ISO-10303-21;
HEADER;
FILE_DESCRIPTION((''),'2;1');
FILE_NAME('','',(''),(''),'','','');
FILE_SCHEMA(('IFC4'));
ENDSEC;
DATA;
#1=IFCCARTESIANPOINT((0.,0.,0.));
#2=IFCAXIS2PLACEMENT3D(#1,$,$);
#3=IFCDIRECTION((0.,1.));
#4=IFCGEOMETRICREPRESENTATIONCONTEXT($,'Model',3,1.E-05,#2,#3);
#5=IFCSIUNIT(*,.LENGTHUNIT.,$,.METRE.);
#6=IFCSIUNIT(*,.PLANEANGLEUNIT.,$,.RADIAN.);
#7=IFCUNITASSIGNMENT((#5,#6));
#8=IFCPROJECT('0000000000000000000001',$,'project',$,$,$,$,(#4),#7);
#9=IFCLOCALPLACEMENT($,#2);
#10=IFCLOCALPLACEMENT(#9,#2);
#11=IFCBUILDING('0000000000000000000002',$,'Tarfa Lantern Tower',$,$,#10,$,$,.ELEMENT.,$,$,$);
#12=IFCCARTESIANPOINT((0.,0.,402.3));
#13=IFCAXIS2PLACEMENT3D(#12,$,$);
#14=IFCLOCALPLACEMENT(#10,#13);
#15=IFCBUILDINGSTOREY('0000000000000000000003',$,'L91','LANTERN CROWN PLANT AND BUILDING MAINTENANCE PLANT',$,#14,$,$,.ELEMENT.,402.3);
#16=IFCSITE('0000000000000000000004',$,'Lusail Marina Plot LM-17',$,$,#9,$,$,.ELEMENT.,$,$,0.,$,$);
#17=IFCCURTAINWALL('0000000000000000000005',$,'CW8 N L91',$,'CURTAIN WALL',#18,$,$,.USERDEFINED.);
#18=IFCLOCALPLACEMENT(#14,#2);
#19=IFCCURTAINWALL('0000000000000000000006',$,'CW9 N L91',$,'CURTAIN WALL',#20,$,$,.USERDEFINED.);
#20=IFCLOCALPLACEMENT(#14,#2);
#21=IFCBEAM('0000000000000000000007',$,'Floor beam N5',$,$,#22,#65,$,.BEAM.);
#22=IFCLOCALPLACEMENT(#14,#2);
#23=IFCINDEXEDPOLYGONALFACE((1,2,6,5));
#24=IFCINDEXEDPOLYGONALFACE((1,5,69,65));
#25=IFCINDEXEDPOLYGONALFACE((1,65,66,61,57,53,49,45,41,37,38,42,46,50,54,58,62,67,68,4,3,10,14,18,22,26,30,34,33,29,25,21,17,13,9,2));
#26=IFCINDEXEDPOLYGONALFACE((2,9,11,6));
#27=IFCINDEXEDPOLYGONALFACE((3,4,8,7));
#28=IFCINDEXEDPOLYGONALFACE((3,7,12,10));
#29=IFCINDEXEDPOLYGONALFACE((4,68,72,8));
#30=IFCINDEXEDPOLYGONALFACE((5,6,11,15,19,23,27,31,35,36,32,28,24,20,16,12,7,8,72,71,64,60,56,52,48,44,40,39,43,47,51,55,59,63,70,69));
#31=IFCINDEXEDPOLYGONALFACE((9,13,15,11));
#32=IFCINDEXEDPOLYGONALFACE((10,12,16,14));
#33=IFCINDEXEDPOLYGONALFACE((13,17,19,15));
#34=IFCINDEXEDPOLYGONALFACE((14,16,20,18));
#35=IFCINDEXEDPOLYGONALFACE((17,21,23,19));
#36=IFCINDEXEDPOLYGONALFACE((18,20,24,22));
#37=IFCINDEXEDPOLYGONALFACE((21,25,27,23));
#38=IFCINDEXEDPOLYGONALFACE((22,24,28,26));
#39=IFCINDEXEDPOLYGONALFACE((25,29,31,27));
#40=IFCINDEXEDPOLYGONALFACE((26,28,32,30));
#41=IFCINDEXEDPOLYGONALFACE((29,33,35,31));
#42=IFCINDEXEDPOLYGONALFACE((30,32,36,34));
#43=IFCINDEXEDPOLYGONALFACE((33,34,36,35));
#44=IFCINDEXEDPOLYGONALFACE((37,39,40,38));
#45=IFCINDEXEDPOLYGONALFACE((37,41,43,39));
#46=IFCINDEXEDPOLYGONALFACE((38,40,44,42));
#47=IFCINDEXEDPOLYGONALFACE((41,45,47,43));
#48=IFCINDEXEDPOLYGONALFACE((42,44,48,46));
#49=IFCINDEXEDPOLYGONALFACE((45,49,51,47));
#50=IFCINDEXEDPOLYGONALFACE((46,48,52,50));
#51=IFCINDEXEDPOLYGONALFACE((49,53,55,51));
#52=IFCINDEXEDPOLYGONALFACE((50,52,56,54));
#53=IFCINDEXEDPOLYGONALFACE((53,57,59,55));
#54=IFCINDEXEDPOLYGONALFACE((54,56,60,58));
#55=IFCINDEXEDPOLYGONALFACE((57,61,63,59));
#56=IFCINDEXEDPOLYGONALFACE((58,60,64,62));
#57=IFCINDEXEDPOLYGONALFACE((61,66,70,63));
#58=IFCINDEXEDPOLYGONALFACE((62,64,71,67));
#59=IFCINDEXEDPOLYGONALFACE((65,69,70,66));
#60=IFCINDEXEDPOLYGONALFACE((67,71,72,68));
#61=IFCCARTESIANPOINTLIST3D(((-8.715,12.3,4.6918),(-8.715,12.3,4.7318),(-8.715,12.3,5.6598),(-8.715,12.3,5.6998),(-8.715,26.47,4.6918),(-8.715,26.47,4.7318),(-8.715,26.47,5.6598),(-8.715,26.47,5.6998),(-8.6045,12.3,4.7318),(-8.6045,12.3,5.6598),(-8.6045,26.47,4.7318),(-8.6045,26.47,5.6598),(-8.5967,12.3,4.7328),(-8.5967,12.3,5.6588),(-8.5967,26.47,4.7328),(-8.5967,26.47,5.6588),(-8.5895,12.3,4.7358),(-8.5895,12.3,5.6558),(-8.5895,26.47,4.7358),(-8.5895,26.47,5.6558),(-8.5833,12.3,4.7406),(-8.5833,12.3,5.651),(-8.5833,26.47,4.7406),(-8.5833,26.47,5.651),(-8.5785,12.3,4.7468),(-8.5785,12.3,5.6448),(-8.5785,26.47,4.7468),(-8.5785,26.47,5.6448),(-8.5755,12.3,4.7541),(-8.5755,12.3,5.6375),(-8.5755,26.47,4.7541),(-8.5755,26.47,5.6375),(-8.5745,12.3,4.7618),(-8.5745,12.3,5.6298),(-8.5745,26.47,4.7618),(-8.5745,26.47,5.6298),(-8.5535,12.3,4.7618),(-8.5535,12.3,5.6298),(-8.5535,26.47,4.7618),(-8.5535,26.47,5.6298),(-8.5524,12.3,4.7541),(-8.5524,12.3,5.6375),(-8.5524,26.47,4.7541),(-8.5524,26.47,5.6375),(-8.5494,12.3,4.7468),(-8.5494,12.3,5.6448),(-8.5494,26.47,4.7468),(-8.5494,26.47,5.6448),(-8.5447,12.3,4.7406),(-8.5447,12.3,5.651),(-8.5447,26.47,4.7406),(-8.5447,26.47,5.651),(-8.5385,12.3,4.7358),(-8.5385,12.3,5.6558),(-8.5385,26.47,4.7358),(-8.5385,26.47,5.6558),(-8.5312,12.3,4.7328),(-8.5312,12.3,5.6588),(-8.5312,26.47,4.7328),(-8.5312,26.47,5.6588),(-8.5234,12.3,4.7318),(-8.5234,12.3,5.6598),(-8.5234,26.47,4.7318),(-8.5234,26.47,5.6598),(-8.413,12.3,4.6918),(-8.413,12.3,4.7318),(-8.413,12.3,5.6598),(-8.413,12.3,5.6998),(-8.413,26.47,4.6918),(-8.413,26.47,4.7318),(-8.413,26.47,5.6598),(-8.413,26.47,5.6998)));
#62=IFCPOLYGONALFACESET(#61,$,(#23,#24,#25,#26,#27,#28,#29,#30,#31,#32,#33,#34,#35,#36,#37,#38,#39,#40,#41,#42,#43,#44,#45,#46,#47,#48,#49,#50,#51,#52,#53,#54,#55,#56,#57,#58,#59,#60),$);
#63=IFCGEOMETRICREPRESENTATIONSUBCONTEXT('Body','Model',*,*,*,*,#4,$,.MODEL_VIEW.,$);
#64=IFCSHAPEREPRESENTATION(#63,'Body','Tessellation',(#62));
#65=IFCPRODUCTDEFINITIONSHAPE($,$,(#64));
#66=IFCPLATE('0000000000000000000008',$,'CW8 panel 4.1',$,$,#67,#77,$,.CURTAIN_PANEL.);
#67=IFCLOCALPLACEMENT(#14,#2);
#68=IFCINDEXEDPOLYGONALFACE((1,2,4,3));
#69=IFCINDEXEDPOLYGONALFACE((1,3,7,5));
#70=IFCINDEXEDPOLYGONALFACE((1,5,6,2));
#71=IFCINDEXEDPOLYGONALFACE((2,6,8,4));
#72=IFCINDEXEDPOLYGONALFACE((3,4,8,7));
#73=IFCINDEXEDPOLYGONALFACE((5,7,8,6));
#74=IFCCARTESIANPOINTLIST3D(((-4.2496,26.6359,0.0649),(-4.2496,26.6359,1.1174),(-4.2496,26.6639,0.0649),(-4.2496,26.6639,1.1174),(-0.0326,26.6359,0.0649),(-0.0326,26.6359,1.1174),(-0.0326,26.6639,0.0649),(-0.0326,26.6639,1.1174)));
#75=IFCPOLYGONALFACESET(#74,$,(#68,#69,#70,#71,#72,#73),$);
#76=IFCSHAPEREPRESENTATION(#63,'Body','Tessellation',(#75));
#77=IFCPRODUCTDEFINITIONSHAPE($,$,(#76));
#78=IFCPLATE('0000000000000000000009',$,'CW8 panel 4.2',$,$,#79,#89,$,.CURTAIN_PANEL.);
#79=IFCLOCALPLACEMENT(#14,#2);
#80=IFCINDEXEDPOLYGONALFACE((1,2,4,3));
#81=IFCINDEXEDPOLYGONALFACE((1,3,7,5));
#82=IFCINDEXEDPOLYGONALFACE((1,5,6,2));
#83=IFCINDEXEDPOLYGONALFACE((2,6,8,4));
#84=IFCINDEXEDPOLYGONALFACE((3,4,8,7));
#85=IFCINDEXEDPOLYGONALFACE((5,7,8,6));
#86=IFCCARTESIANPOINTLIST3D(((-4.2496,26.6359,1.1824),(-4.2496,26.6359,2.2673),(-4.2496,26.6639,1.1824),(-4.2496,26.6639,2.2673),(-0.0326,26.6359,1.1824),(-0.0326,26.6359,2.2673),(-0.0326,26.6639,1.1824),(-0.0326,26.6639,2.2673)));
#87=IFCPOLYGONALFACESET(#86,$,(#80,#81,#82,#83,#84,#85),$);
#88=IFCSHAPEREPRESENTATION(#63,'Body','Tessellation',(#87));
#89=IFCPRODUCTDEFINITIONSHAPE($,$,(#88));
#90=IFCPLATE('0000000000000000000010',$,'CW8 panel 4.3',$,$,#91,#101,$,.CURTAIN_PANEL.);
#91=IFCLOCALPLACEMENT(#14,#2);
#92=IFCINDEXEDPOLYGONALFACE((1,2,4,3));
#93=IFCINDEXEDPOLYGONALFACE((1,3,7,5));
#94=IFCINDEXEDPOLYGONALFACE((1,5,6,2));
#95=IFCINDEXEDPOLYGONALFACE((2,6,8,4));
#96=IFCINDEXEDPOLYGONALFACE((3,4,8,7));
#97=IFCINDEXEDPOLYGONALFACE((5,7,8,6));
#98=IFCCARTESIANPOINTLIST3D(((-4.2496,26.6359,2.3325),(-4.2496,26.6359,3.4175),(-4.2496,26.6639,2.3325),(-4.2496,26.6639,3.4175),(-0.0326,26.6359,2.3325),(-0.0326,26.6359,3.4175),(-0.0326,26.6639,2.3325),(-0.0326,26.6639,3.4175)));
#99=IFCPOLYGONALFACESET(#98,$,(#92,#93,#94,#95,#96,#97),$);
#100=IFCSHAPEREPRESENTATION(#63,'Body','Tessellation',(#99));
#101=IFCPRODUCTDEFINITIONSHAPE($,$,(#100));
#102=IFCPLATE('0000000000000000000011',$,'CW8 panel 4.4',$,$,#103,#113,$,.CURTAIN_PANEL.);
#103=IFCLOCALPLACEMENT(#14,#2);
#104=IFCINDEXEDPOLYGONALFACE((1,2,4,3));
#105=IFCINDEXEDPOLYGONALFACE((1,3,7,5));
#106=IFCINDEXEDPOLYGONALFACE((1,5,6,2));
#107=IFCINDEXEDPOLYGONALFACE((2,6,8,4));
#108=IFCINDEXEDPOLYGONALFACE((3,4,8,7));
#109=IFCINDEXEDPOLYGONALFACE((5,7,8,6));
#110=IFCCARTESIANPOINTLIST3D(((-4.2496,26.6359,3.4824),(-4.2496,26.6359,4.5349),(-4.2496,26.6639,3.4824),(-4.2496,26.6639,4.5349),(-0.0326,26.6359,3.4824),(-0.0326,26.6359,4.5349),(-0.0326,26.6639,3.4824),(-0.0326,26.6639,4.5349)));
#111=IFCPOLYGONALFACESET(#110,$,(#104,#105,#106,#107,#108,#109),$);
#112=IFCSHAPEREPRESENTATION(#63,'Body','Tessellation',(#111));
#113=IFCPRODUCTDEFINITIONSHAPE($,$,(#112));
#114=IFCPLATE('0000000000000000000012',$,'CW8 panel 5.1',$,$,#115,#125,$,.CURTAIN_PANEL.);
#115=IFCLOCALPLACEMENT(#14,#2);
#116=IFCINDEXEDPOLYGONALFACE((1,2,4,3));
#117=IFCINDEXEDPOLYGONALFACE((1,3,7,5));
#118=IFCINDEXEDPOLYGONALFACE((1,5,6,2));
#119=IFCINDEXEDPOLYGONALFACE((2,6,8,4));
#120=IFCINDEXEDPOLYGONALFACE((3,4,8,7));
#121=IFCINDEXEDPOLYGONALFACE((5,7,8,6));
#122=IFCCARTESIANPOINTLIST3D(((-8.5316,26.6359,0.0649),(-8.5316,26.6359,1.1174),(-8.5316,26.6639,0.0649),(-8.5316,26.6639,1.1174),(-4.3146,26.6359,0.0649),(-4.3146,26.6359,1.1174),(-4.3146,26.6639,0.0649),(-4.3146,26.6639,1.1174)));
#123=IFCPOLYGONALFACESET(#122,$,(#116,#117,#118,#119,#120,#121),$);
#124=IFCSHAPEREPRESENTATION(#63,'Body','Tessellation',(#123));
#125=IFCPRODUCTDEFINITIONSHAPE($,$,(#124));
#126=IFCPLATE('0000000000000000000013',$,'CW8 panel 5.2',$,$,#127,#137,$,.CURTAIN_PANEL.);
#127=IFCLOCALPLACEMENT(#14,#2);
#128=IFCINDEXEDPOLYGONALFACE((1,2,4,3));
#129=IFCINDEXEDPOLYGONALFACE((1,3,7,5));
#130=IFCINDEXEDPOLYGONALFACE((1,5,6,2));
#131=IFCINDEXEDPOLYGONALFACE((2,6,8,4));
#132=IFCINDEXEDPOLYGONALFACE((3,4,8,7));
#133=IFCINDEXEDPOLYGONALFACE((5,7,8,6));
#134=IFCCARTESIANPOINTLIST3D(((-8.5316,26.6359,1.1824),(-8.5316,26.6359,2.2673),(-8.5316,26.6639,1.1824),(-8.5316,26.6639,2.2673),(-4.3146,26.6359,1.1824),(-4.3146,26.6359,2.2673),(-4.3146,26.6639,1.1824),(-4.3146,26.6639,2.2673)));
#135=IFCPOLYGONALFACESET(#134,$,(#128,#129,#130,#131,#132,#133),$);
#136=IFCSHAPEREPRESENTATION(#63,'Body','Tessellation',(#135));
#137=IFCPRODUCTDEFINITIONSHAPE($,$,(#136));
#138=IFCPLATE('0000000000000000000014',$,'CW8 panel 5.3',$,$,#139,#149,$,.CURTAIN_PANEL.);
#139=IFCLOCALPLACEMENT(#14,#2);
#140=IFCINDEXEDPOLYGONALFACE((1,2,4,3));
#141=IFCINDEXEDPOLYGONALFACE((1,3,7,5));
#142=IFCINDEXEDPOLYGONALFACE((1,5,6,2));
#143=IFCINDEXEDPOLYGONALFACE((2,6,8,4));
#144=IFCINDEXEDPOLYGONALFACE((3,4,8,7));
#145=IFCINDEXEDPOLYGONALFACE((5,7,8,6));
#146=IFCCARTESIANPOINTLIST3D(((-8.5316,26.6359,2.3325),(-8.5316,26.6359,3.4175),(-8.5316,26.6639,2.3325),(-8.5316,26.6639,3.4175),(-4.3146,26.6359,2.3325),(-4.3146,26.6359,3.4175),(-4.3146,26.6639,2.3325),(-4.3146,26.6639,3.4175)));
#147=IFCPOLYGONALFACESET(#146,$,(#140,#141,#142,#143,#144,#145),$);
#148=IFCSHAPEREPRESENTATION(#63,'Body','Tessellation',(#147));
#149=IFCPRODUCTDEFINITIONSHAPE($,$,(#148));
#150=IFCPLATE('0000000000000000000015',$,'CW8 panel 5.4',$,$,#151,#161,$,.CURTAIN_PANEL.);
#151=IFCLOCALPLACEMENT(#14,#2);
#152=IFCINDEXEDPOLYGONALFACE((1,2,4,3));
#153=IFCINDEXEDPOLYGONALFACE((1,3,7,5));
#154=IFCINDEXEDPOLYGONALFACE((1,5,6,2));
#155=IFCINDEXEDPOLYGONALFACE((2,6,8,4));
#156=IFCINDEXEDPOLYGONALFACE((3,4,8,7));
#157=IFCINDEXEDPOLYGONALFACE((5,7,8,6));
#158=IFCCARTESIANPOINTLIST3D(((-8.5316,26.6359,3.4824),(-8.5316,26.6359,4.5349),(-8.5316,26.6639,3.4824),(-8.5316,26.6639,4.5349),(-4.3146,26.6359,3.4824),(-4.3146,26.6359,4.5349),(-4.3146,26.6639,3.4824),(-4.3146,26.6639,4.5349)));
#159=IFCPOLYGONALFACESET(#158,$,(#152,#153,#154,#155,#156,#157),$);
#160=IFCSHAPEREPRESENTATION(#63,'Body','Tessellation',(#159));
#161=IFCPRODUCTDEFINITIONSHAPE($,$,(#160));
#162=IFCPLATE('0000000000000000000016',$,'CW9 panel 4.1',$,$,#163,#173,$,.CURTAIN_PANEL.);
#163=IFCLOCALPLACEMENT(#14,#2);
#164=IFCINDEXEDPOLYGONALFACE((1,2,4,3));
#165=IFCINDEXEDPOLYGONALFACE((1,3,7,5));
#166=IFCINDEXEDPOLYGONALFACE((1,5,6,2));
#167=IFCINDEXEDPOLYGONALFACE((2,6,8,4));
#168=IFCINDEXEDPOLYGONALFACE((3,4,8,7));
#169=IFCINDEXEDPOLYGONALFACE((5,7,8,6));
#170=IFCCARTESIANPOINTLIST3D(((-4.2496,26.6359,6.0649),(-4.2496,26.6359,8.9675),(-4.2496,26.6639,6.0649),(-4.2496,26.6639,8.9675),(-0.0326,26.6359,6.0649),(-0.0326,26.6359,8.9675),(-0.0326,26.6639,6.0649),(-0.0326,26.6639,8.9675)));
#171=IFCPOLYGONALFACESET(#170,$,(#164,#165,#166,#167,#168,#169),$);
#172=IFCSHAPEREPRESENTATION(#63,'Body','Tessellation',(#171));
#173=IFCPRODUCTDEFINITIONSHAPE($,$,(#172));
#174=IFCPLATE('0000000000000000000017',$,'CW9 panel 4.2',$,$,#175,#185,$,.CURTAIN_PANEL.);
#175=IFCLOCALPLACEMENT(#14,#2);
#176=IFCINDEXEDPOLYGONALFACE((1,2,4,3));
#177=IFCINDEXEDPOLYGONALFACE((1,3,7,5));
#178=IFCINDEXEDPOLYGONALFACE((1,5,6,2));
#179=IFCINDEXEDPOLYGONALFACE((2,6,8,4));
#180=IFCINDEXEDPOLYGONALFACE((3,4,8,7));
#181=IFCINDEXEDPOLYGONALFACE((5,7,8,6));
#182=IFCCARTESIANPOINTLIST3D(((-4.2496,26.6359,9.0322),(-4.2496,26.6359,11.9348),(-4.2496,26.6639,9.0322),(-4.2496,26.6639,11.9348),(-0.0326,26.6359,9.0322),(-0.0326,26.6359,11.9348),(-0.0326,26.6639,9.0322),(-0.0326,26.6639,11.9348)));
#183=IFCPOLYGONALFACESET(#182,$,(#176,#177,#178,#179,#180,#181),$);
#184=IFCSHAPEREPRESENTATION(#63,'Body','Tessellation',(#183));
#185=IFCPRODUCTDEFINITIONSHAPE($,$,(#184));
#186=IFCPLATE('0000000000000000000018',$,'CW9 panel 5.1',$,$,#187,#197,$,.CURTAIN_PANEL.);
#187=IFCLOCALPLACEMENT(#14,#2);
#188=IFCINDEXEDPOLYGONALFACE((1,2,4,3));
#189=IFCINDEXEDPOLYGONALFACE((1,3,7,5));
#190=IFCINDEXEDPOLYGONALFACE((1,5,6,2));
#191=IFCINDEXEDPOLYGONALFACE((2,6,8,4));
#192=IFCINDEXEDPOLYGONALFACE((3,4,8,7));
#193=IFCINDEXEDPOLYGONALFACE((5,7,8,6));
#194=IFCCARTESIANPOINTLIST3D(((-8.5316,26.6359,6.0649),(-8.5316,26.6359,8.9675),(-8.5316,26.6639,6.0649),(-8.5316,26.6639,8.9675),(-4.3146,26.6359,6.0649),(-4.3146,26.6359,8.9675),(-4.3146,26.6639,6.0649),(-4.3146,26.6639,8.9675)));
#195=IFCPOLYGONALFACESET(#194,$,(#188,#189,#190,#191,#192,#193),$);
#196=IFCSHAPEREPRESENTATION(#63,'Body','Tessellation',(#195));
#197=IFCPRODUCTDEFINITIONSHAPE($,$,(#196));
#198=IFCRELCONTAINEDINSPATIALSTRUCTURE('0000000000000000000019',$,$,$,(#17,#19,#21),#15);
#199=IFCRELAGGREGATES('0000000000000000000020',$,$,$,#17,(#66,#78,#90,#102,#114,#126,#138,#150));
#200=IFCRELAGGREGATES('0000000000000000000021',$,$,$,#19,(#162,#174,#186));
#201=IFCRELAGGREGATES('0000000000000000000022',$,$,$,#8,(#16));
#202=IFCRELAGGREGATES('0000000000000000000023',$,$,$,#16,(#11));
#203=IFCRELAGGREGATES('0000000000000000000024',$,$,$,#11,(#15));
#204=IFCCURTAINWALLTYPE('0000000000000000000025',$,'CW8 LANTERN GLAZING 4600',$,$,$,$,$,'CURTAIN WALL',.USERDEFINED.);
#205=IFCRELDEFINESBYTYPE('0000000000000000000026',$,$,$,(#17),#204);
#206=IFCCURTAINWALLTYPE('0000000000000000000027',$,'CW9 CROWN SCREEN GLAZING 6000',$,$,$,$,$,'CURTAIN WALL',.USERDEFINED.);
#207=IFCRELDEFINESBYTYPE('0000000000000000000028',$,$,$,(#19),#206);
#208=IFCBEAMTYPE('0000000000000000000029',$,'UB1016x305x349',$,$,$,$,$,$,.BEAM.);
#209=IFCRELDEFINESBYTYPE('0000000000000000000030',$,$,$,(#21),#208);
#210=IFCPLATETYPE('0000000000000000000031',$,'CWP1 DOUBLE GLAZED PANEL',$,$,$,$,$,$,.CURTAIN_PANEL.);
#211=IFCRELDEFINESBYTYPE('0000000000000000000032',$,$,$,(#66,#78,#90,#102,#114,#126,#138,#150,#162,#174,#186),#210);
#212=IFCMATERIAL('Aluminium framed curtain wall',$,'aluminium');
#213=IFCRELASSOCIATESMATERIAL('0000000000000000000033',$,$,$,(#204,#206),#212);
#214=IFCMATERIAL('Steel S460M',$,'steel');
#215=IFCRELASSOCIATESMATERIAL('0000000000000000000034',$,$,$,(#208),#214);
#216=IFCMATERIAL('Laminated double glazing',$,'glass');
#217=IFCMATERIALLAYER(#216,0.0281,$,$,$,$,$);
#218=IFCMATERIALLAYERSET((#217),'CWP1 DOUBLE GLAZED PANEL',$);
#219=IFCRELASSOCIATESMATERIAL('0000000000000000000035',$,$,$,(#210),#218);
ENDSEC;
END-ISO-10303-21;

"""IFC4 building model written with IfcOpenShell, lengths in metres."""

from ifc_helpers import new_model, si_unit, direction, frame, origin, origin_2d, place, context, subcontext, project, spatial, rectangle, i_section, extrude, material, layer, layer_set, material_profile, profile_set, type_object, element, aggregate, save


model = new_model("IFC4")

# Units and contexts
model_context = context("Model", 3, precision=1e-05, world=origin(), true_north=direction((0.0, 1.0)))
body_context = subcontext(model_context, "Body", "Model", "MODEL_VIEW")
ifc_project = project(units=[si_unit("LENGTHUNIT", "METRE"), si_unit("PLANEANGLEUNIT", "RADIAN")], contexts=[model_context])

# Site, building, storey
site_placement = place(None, origin())
site = spatial("IfcSite", under=ifc_project, at=site_placement, Name="Lusail Marina Plot LM-17", CompositionType="ELEMENT", RefElevation=0.0)
building_placement = place(site_placement, origin())
building = spatial("IfcBuilding", under=site, at=building_placement, Name="Tarfa Lantern Tower", CompositionType="ELEMENT")
storey_placement = place(building_placement, frame((0.0, 0.0, 402.3)))
storey = spatial("IfcBuildingStorey", under=building, at=storey_placement, Name="L91", Description="LANTERN CROWN PLANT AND BUILDING MAINTENANCE PLANT", CompositionType="ELEMENT", Elevation=402.3)

# Curtain walls
ifc_material_1 = material(Name="Aluminium framed curtain wall", Category="aluminium")
curtain_wall_type_1 = type_object("IfcCurtainWallType", Name="CW8 LANTERN GLAZING 4600", ElementType="CURTAIN WALL", PredefinedType="USERDEFINED", material=ifc_material_1)
curtain_wall_1_placement = place(storey_placement, origin())
curtain_wall_1 = element("IfcCurtainWall", 1, at=curtain_wall_1_placement, inside=storey, type_object=curtain_wall_type_1, Name="CW8 N L91", ObjectType="CURTAIN WALL", PredefinedType="USERDEFINED")
curtain_wall_type_2 = type_object("IfcCurtainWallType", Name="CW9 CROWN SCREEN GLAZING 6000", ElementType="CURTAIN WALL", PredefinedType="USERDEFINED", material=ifc_material_1)
curtain_wall_2_placement = place(storey_placement, origin())
curtain_wall_2 = element("IfcCurtainWall", 2, at=curtain_wall_2_placement, inside=storey, type_object=curtain_wall_type_2, Name="CW9 N L91", ObjectType="CURTAIN WALL", PredefinedType="USERDEFINED")

# Beam
ifc_material_2 = material(Name="Steel S460M", Category="steel")
ifc_material_profile_1 = material_profile(ifc_material_2, i_section(OverallWidth=0.302, OverallDepth=1.0081, WebThickness=0.021, FlangeThickness=0.04, FilletRadius=0.03, at=origin_2d()), Name="UB1016x305x349")
ifc_profile_set_1 = profile_set([ifc_material_profile_1], Name="Steel S460M")
beam_type_1 = type_object("IfcBeamType", Name="UB1016x305x349", PredefinedType="BEAM", material=ifc_profile_set_1)
for number, where, z_axis, x_axis, name in (
    (3, (-8.564, 26.47, 5.1958), (0.0, -1.0, 0.0), (1.0, 0.0, 0.0), "Floor beam N5"),
):
    element("IfcBeam", number, at=place(storey_placement, frame(where, z_axis=z_axis, x_axis=x_axis)), inside=storey, type_object=beam_type_1, Name=name, PredefinedType="BEAM", context=body_context, shape_type="SweptSolid", body=[
        extrude(i_section(OverallWidth=0.302, OverallDepth=1.0081, WebThickness=0.021, FlangeThickness=0.04, FilletRadius=0.03, at=origin_2d()), origin(), (0.0, 0.0, 1.0), 14.1699),
    ])

# Plates
ifc_material_3 = material(Name="Laminated double glazing", Category="glass")
ifc_layer = layer(ifc_material_3, 0.0281)
ifc_layer_set = layer_set([ifc_layer], Name="CWP1 DOUBLE GLAZED PANEL")
plate_type = type_object("IfcPlateType", Name="CWP1 DOUBLE GLAZED PANEL", PredefinedType="CURTAIN_PANEL", material=ifc_layer_set)
plate_1_placement = place(storey_placement, frame((-2.1411, 26.6499, 0.0649), z_axis=(0.0, 0.0, 1.0), x_axis=(-1.0, 0.0, 0.0)))
plate_1 = element("IfcPlate", 4, at=plate_1_placement, type_object=plate_type, Name="CW8 panel 4.1", PredefinedType="CURTAIN_PANEL", context=body_context, shape_type="SweptSolid", body=[
    extrude(rectangle(XDim=4.217, YDim=0.0281, at=origin_2d()), origin(), (0.0, 0.0, 1.0), 1.0525),
])
plate_2_placement = place(storey_placement, frame((-2.1411, 26.6499, 1.1824), z_axis=(0.0, 0.0, 1.0), x_axis=(-1.0, 0.0, 0.0)))
plate_2 = element("IfcPlate", 5, at=plate_2_placement, type_object=plate_type, Name="CW8 panel 4.2", PredefinedType="CURTAIN_PANEL", context=body_context, shape_type="SweptSolid", body=[
    extrude(rectangle(XDim=4.217, YDim=0.0281, at=origin_2d()), origin(), (0.0, 0.0, 1.0), 1.085),
])
plate_3_placement = place(storey_placement, frame((-2.1411, 26.6499, 2.3325), z_axis=(0.0, 0.0, 1.0), x_axis=(-1.0, 0.0, 0.0)))
plate_3 = element("IfcPlate", 6, at=plate_3_placement, type_object=plate_type, Name="CW8 panel 4.3", PredefinedType="CURTAIN_PANEL", context=body_context, shape_type="SweptSolid", body=[
    extrude(rectangle(XDim=4.217, YDim=0.0281, at=origin_2d()), origin(), (0.0, 0.0, 1.0), 1.085),
])
plate_4_placement = place(storey_placement, frame((-2.1411, 26.6499, 3.4824), z_axis=(0.0, 0.0, 1.0), x_axis=(-1.0, 0.0, 0.0)))
plate_4 = element("IfcPlate", 7, at=plate_4_placement, type_object=plate_type, Name="CW8 panel 4.4", PredefinedType="CURTAIN_PANEL", context=body_context, shape_type="SweptSolid", body=[
    extrude(rectangle(XDim=4.217, YDim=0.0281, at=origin_2d()), origin(), (0.0, 0.0, 1.0), 1.0525),
])
plate_5_placement = place(storey_placement, frame((-6.4231, 26.6499, 0.0649), z_axis=(0.0, 0.0, 1.0), x_axis=(-1.0, 0.0, 0.0)))
plate_5 = element("IfcPlate", 8, at=plate_5_placement, type_object=plate_type, Name="CW8 panel 5.1", PredefinedType="CURTAIN_PANEL", context=body_context, shape_type="SweptSolid", body=[
    extrude(rectangle(XDim=4.217, YDim=0.0281, at=origin_2d()), origin(), (0.0, 0.0, 1.0), 1.0525),
])
plate_6_placement = place(storey_placement, frame((-6.4231, 26.6499, 1.1824), z_axis=(0.0, 0.0, 1.0), x_axis=(-1.0, 0.0, 0.0)))
plate_6 = element("IfcPlate", 9, at=plate_6_placement, type_object=plate_type, Name="CW8 panel 5.2", PredefinedType="CURTAIN_PANEL", context=body_context, shape_type="SweptSolid", body=[
    extrude(rectangle(XDim=4.217, YDim=0.0281, at=origin_2d()), origin(), (0.0, 0.0, 1.0), 1.085),
])
plate_7_placement = place(storey_placement, frame((-6.4231, 26.6499, 2.3325), z_axis=(0.0, 0.0, 1.0), x_axis=(-1.0, 0.0, 0.0)))
plate_7 = element("IfcPlate", 10, at=plate_7_placement, type_object=plate_type, Name="CW8 panel 5.3", PredefinedType="CURTAIN_PANEL", context=body_context, shape_type="SweptSolid", body=[
    extrude(rectangle(XDim=4.217, YDim=0.0281, at=origin_2d()), origin(), (0.0, 0.0, 1.0), 1.085),
])
plate_8_placement = place(storey_placement, frame((-6.4231, 26.6499, 3.4824), z_axis=(0.0, 0.0, 1.0), x_axis=(-1.0, 0.0, 0.0)))
plate_8 = element("IfcPlate", 11, at=plate_8_placement, type_object=plate_type, Name="CW8 panel 5.4", PredefinedType="CURTAIN_PANEL", context=body_context, shape_type="SweptSolid", body=[
    extrude(rectangle(XDim=4.217, YDim=0.0281, at=origin_2d()), origin(), (0.0, 0.0, 1.0), 1.0525),
])
aggregate(curtain_wall_1, [plate_1, plate_2, plate_3, plate_4, plate_5, plate_6, plate_7, plate_8])
plate_9_placement = place(storey_placement, frame((-2.1411, 26.6499, 6.0649), z_axis=(0.0, 0.0, 1.0), x_axis=(-1.0, 0.0, 0.0)))
plate_9 = element("IfcPlate", 12, at=plate_9_placement, type_object=plate_type, Name="CW9 panel 4.1", PredefinedType="CURTAIN_PANEL", context=body_context, shape_type="SweptSolid", body=[
    extrude(rectangle(XDim=4.217, YDim=0.0281, at=origin_2d()), origin(), (0.0, 0.0, 1.0), 2.9026),
])
plate_10_placement = place(storey_placement, frame((-2.1411, 26.6499, 9.0322), z_axis=(0.0, 0.0, 1.0), x_axis=(-1.0, 0.0, 0.0)))
plate_10 = element("IfcPlate", 13, at=plate_10_placement, type_object=plate_type, Name="CW9 panel 4.2", PredefinedType="CURTAIN_PANEL", context=body_context, shape_type="SweptSolid", body=[
    extrude(rectangle(XDim=4.217, YDim=0.0281, at=origin_2d()), origin(), (0.0, 0.0, 1.0), 2.9026),
])
plate_11_placement = place(storey_placement, frame((-6.4231, 26.6499, 6.0649), z_axis=(0.0, 0.0, 1.0), x_axis=(-1.0, 0.0, 0.0)))
plate_11 = element("IfcPlate", 14, at=plate_11_placement, type_object=plate_type, Name="CW9 panel 5.1", PredefinedType="CURTAIN_PANEL", context=body_context, shape_type="SweptSolid", body=[
    extrude(rectangle(XDim=4.217, YDim=0.0281, at=origin_2d()), origin(), (0.0, 0.0, 1.0), 2.9026),
])
aggregate(curtain_wall_2, [plate_9, plate_10, plate_11])

save(model, "model.ifc")
